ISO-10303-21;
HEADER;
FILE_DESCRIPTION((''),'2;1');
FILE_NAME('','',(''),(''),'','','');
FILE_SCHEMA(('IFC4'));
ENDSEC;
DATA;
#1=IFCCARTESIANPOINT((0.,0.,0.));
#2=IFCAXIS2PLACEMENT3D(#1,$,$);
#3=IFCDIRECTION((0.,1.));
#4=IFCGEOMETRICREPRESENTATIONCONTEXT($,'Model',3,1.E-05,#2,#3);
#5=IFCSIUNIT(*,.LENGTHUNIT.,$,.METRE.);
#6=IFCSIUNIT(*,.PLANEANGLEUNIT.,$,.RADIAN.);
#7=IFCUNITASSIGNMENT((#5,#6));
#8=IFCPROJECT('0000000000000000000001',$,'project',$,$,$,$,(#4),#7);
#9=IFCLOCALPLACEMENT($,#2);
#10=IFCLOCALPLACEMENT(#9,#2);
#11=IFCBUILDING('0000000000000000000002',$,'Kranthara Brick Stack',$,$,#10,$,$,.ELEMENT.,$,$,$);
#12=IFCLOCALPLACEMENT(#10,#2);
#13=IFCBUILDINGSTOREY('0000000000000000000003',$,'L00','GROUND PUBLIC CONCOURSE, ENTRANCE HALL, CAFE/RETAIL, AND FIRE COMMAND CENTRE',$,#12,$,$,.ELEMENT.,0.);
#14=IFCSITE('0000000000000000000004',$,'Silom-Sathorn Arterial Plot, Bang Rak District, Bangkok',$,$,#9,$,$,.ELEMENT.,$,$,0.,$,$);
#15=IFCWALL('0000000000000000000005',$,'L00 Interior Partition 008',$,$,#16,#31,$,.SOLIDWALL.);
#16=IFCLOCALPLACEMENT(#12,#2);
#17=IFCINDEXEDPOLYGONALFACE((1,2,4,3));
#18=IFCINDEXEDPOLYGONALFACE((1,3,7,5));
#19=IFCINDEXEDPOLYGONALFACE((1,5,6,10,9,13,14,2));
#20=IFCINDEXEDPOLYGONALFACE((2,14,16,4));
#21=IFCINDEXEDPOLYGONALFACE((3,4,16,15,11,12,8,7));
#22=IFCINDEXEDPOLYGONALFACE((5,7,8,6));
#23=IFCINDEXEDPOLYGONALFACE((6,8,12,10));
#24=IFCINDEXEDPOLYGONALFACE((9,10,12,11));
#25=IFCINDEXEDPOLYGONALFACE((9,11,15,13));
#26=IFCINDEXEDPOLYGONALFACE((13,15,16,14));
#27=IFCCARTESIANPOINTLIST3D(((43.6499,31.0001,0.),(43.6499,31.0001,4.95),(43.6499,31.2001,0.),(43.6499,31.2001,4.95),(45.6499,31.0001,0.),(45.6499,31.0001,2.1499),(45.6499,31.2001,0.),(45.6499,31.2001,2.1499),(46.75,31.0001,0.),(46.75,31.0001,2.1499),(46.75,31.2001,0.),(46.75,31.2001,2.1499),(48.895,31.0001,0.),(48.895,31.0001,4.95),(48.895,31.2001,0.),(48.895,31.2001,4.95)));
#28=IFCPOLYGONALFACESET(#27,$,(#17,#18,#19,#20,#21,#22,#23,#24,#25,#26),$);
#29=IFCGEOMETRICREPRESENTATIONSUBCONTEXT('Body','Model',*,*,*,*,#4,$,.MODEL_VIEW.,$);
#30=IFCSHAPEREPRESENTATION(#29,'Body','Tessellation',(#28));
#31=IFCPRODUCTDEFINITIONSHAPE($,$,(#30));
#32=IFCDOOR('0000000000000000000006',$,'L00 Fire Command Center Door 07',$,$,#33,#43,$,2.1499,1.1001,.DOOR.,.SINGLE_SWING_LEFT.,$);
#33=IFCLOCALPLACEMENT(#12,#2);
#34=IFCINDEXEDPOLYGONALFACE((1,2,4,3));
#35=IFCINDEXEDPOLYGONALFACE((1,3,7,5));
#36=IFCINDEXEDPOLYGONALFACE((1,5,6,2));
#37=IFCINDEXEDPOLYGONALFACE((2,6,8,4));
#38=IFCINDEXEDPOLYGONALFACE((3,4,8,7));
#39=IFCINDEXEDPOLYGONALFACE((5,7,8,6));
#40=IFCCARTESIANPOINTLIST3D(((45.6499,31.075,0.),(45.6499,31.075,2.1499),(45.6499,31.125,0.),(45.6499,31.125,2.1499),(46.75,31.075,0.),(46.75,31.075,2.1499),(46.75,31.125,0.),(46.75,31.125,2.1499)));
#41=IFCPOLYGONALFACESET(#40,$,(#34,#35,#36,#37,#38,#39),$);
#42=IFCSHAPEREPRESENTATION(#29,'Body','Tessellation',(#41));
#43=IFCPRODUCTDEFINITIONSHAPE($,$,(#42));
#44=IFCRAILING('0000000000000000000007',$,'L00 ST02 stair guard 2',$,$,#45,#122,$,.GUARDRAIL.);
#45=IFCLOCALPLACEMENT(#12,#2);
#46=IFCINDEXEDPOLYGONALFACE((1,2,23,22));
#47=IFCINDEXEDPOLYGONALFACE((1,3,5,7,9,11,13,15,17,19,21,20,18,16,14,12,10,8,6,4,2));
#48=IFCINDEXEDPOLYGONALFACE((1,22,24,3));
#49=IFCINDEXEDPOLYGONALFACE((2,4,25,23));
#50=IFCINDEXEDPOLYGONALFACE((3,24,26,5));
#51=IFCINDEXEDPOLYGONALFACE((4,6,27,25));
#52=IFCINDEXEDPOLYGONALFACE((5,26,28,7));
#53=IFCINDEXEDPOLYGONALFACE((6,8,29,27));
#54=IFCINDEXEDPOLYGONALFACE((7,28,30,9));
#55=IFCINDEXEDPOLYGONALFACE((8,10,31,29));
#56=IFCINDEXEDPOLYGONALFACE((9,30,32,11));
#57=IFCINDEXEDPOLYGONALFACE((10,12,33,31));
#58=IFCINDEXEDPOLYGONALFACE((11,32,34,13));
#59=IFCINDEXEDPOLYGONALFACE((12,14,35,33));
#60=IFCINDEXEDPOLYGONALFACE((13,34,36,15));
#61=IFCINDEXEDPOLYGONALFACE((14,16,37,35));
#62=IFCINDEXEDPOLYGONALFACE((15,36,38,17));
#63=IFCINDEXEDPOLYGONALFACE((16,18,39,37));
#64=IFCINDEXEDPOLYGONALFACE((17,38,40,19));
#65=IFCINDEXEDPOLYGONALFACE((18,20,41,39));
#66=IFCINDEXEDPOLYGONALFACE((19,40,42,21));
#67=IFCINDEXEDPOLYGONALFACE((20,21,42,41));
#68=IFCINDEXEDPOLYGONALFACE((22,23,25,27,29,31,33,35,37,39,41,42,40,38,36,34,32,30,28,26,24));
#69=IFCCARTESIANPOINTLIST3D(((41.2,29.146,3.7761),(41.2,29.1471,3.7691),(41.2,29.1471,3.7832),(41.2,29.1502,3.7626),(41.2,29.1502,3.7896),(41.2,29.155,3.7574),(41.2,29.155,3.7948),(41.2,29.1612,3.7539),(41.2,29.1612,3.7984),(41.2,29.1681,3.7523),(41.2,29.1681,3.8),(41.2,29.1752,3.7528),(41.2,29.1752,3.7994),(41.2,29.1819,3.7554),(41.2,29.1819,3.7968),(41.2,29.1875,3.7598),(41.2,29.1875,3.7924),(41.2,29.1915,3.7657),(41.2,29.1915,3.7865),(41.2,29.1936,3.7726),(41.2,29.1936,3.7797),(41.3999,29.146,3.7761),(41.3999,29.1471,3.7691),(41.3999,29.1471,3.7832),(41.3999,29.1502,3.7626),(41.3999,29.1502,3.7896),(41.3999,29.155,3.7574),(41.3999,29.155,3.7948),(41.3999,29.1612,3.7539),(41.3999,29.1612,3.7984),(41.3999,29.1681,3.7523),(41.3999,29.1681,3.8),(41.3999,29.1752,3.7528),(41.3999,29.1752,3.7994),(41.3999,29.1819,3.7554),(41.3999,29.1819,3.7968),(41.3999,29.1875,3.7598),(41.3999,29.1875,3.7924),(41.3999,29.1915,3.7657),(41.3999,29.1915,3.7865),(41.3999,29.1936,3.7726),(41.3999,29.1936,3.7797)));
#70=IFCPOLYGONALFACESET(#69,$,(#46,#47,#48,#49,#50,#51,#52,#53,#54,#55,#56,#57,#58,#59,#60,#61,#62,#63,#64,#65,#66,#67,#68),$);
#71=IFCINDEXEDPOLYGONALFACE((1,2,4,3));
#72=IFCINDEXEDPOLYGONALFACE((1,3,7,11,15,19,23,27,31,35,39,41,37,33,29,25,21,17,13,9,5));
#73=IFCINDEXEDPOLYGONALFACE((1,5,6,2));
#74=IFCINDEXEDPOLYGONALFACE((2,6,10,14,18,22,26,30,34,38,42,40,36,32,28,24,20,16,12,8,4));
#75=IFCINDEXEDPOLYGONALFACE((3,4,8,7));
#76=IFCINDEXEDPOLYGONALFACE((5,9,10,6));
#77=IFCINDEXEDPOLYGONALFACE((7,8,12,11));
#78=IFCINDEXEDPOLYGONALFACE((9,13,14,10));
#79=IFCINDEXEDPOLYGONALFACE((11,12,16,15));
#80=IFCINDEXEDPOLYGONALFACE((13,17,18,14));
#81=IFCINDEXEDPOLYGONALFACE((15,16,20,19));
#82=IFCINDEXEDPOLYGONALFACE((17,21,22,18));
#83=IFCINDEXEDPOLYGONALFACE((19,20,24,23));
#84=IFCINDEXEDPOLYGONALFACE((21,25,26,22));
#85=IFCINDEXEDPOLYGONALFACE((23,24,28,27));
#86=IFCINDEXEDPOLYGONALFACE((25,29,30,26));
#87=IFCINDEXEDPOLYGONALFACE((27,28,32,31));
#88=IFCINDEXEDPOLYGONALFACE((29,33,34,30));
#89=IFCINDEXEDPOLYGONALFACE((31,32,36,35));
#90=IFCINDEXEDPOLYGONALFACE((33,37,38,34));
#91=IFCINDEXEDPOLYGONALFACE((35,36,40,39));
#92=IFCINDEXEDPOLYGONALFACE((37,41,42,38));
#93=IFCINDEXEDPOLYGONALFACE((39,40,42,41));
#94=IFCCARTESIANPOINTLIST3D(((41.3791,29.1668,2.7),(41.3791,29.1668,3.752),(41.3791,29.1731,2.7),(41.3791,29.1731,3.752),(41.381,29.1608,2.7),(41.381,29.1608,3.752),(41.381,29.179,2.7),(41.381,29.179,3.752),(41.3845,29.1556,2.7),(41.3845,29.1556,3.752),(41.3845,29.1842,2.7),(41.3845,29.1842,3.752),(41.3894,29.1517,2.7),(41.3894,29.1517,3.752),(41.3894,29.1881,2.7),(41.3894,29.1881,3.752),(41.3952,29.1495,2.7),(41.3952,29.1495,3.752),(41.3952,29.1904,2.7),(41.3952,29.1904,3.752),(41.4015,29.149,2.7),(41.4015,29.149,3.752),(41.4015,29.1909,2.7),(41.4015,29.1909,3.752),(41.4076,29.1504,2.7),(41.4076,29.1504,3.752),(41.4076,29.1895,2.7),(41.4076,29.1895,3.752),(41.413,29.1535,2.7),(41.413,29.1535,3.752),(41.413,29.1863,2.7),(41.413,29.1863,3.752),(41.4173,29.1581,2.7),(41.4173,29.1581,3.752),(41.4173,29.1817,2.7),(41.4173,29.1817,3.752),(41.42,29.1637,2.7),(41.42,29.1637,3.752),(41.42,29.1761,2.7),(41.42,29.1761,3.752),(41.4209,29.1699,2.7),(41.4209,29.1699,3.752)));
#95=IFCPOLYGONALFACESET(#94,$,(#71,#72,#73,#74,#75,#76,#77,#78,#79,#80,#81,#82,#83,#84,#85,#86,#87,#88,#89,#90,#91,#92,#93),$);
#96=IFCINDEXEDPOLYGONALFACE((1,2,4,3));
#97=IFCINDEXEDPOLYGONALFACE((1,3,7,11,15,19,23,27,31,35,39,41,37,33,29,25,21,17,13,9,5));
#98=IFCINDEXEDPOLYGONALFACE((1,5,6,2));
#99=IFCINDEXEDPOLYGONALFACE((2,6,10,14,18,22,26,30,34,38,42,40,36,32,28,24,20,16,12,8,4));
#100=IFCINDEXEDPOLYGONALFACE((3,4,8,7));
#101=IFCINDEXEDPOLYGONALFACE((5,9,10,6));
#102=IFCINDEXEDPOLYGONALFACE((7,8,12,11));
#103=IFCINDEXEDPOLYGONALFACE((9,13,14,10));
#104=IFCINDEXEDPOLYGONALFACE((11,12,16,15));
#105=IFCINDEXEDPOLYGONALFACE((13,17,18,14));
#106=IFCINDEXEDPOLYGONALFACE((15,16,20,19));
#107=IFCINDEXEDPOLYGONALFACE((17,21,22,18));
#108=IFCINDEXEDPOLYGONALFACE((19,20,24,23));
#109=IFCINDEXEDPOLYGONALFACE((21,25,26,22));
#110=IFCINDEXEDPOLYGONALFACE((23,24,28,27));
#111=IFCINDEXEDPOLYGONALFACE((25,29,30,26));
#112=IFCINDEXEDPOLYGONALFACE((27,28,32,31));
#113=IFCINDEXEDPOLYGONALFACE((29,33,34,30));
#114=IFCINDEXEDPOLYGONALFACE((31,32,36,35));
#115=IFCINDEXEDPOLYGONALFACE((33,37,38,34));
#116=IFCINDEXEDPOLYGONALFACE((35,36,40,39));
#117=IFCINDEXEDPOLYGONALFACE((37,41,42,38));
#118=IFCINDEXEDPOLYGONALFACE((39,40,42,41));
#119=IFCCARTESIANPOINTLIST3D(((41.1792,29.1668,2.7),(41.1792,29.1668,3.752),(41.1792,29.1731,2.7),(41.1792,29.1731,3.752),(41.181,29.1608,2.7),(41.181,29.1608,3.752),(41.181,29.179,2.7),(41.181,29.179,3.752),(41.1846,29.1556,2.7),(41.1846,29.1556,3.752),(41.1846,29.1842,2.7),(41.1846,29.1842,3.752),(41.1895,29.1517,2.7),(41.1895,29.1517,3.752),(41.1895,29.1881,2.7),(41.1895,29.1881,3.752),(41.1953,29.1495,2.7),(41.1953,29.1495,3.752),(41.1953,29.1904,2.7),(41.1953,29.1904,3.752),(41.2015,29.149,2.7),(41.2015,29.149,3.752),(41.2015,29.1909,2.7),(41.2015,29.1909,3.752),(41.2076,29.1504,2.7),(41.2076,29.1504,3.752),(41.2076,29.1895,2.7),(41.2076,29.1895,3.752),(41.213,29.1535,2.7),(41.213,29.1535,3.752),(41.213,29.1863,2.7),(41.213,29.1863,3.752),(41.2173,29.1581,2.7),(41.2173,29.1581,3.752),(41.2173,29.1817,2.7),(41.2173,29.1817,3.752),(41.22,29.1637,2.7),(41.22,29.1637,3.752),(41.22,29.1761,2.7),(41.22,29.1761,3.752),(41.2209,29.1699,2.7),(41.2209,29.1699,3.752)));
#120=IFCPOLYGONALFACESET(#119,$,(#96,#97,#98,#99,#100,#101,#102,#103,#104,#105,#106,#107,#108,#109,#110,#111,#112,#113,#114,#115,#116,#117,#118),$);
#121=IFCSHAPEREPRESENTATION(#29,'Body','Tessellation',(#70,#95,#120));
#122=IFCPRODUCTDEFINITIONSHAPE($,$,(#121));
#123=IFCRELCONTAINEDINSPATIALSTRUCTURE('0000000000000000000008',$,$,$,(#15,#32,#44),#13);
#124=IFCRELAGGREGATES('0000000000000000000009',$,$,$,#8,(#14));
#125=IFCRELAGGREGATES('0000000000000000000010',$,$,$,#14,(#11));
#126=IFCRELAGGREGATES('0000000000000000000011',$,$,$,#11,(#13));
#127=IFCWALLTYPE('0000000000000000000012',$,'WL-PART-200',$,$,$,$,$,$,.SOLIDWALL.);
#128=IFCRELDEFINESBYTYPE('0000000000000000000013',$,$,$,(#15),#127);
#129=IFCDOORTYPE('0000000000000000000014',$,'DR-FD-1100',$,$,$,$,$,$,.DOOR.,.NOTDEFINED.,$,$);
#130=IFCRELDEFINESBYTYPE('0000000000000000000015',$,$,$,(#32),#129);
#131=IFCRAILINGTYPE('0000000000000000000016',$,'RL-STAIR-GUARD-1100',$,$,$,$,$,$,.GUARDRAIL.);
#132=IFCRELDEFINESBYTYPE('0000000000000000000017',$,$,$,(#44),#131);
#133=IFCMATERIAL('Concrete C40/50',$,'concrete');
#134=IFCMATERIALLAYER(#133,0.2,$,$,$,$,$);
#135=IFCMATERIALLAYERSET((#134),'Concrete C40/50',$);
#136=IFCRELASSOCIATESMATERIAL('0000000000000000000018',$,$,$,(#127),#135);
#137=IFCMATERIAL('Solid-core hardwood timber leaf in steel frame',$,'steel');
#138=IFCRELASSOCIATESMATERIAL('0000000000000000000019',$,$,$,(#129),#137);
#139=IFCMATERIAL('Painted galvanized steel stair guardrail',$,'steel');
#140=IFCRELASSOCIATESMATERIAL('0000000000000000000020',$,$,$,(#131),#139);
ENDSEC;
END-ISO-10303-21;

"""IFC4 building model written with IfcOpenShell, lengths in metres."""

from ifc_helpers import new_model, si_unit, direction, frame, frame_2d, origin, origin_2d, place, context, subcontext, project, spatial, rectangle, circle, extrude, material, layer, layer_set, type_object, element, fill, save


model = new_model("IFC4")

# Units and contexts
model_context = context("Model", 3, precision=1e-05, world=origin(), true_north=direction((0.0, 1.0)))
body_context = subcontext(model_context, "Body", "Model", "MODEL_VIEW")
ifc_project = project(units=[si_unit("LENGTHUNIT", "METRE"), si_unit("PLANEANGLEUNIT", "RADIAN")], contexts=[model_context])

# Site, building, storey
site_placement = place(None, origin())
site = spatial("IfcSite", under=ifc_project, at=site_placement, Name="Silom-Sathorn Arterial Plot, Bang Rak District, Bangkok", CompositionType="ELEMENT", RefElevation=0.0)
building_placement = place(site_placement, origin())
building = spatial("IfcBuilding", under=site, at=building_placement, Name="Kranthara Brick Stack", CompositionType="ELEMENT")
storey_placement = place(building_placement, origin())
storey = spatial("IfcBuildingStorey", under=building, at=storey_placement, Name="L00", Description="GROUND PUBLIC CONCOURSE, ENTRANCE HALL, CAFE/RETAIL, AND FIRE COMMAND CENTRE", CompositionType="ELEMENT", Elevation=0.0)

# Wall, opening, door
ifc_material_1 = material(Name="Concrete C40/50", Category="concrete")
ifc_layer_1 = layer(ifc_material_1, 0.2)
ifc_layer_set_1 = layer_set([ifc_layer_1], Name="Concrete C40/50")
wall_type_1 = type_object("IfcWallType", Name="WL-PART-200", PredefinedType="SOLIDWALL", material=ifc_layer_set_1)
wall_1_placement = place(storey_placement, frame((43.6499, 31.1001, 0.0), z_axis=(0.0, 0.0, 1.0), x_axis=(1.0, 0.0, 0.0)))
wall_1 = element("IfcWall", 1, at=wall_1_placement, inside=storey, type_object=wall_type_1, Name="L00 Interior Partition 008", PredefinedType="SOLIDWALL", context=body_context, shape_type="SweptSolid", body=[
    extrude(rectangle(XDim=5.2451, YDim=0.2, at=frame_2d((2.6226, 0.0))), origin(), (0.0, 0.0, 1.0), 4.95),
])
opening_1_placement = place(wall_1_placement, frame((2.0, 0.0, 0.0)))
opening_1 = element("IfcOpeningElement", 2, at=opening_1_placement, cuts=wall_1, PredefinedType="OPENING", context=body_context, shape_type="SweptSolid", body=[
    extrude(rectangle(XDim=1.1001, YDim=2.1499, at=frame_2d((0.55, 1.075))), frame((0.0, 0.1099, 0.0), z_axis=(0.0, -1.0, 0.0), x_axis=(1.0, 0.0, 0.0)), (0.0, 0.0, 1.0), 0.22),
])
ifc_material_2 = material(Name="Solid-core hardwood timber leaf in steel frame", Category="steel")
door_type_1 = type_object("IfcDoorType", Name="DR-FD-1100", OperationType="NOTDEFINED", PredefinedType="DOOR", material=ifc_material_2)
door_1_placement = place(opening_1_placement, origin())
door_1 = element("IfcDoor", 3, at=door_1_placement, inside=storey, type_object=door_type_1, Name="L00 Fire Command Center Door 07", OperationType="SINGLE_SWING_LEFT", OverallHeight=2.1499, OverallWidth=1.1001, PredefinedType="DOOR", context=body_context, shape_type="SweptSolid", body=[
    extrude(rectangle(XDim=1.1001, YDim=2.1499, at=frame_2d((0.55, 1.075))), frame((0.0, 0.0249, 0.0), z_axis=(0.0, -1.0, 0.0), x_axis=(1.0, 0.0, 0.0)), (0.0, 0.0, 1.0), 0.05),
])
fill(opening_1, door_1)

# Railing
ifc_material_3 = material(Name="Painted galvanized steel stair guardrail", Category="steel")
railing_type = type_object("IfcRailingType", Name="RL-STAIR-GUARD-1100", PredefinedType="GUARDRAIL", material=ifc_material_3)
railing_1_placement = place(storey_placement, frame((41.3999, 29.1699, 2.7)))
element("IfcRailing", 4, at=railing_1_placement, inside=storey, type_object=railing_type, Name="L00 ST02 stair guard 2", PredefinedType="GUARDRAIL", context=body_context, shape_type="SweptSolid", body=[
    extrude(circle(Radius=0.0239, at=origin_2d()), frame((0.0, 0.0, 1.0762), z_axis=(-1.0, 0.0, 0.0), x_axis=(0.0, -1.0, 0.0)), (0.0, 0.0, 1.0), 0.2),
    extrude(circle(Radius=0.021, at=origin_2d()), origin(), (0.0, 0.0, 1.0), 1.052),
    extrude(circle(Radius=0.021, at=origin_2d()), frame((-0.2, 0.0, 0.0)), (0.0, 0.0, 1.0), 1.052),
])

save(model, "model.ifc")
